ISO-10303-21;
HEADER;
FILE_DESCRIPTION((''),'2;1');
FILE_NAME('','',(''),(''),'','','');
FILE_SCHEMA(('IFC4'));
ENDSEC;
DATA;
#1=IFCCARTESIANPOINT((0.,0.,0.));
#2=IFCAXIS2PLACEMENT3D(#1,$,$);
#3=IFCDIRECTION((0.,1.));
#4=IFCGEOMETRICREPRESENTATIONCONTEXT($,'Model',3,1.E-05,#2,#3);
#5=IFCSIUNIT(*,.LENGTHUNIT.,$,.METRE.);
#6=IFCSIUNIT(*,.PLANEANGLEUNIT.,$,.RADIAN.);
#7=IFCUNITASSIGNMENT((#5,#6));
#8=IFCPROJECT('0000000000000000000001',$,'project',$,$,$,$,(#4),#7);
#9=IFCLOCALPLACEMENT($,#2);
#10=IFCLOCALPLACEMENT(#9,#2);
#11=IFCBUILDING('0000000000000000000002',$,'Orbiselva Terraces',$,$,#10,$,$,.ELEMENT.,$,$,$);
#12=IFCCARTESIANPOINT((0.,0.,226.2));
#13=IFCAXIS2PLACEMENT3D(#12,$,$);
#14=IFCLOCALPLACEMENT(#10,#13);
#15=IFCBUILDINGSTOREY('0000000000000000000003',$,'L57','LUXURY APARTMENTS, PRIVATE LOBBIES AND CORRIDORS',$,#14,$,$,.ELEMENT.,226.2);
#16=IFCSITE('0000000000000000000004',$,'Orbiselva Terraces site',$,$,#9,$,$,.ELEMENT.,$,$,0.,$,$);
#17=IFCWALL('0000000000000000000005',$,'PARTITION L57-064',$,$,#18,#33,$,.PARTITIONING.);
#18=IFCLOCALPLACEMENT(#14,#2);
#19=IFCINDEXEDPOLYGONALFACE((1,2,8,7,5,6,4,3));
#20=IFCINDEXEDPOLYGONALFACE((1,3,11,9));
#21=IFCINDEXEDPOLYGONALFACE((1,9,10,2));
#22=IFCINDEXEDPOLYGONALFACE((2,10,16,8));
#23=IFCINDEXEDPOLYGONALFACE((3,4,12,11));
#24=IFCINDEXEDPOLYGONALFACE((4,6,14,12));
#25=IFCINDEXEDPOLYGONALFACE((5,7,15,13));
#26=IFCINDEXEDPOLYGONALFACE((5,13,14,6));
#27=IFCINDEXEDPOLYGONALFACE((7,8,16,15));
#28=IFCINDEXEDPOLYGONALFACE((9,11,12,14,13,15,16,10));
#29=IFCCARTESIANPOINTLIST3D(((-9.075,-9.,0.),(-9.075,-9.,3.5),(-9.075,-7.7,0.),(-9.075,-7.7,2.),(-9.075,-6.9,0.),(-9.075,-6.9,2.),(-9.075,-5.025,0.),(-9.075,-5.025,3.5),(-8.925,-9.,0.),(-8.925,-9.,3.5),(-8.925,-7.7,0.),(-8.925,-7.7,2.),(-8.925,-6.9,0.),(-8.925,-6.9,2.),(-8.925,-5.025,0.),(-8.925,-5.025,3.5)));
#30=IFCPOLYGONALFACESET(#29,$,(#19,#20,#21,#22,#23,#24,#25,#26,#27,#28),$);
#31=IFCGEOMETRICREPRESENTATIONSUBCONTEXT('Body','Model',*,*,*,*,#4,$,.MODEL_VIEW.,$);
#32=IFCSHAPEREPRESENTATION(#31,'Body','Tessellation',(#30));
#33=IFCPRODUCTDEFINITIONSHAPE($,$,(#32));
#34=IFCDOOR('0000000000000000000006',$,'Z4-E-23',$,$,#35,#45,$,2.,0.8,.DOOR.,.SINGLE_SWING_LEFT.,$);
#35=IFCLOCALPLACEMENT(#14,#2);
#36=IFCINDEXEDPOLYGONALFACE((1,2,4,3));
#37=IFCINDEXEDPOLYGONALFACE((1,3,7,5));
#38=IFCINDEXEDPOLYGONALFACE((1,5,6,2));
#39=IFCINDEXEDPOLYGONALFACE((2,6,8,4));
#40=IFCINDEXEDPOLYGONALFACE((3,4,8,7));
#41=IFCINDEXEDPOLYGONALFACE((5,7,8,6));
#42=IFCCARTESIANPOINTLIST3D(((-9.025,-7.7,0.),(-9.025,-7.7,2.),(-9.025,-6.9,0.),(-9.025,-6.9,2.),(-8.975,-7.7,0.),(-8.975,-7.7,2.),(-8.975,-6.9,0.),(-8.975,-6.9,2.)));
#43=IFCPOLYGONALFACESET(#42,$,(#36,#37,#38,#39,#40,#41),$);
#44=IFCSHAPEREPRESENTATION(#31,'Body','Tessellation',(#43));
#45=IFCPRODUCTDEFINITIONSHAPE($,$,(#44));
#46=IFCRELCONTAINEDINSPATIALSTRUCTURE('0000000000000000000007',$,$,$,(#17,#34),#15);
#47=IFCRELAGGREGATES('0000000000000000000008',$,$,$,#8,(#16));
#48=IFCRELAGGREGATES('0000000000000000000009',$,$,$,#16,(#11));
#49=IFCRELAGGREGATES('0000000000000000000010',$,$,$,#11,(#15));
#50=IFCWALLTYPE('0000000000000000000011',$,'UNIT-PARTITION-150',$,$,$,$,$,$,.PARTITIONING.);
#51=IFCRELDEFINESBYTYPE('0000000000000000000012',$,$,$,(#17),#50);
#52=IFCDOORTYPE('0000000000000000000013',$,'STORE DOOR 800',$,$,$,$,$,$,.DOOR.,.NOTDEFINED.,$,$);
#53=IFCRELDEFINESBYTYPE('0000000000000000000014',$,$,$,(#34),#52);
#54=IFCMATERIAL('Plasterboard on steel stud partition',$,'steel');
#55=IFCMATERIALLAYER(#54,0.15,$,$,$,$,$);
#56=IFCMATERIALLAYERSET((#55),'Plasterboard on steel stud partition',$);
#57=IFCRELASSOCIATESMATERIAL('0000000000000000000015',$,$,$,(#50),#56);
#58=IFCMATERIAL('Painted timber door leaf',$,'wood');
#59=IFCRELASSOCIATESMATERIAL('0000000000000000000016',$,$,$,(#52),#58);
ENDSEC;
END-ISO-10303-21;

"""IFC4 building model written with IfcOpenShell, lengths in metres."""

from ifc_helpers import new_model, si_unit, direction, frame, frame_2d, origin, place, context, subcontext, project, spatial, rectangle, extrude, material, layer, layer_set, type_object, element, fill, save


model = new_model("IFC4")

# Units and contexts
model_context = context("Model", 3, precision=1e-05, world=origin(), true_north=direction((0.0, 1.0)))
body_context = subcontext(model_context, "Body", "Model", "MODEL_VIEW")
ifc_project = project(units=[si_unit("LENGTHUNIT", "METRE"), si_unit("PLANEANGLEUNIT", "RADIAN")], contexts=[model_context])

# Site, building, storey
site_placement = place(None, origin())
site = spatial("IfcSite", under=ifc_project, at=site_placement, Name="Orbiselva Terraces site", CompositionType="ELEMENT", RefElevation=0.0)
building_placement = place(site_placement, origin())
building = spatial("IfcBuilding", under=site, at=building_placement, Name="Orbiselva Terraces", CompositionType="ELEMENT")
storey_placement = place(building_placement, frame((0.0, 0.0, 226.2)))
storey = spatial("IfcBuildingStorey", under=building, at=storey_placement, Name="L57", Description="LUXURY APARTMENTS, PRIVATE LOBBIES AND CORRIDORS", CompositionType="ELEMENT", Elevation=226.2)

# Shared definitions
ifc_material_1 = material(Name="Plasterboard on steel stud partition", Category="steel")
ifc_material_2 = material(Name="Painted timber door leaf", Category="wood")

# Shared definitions
ifc_layer_1 = layer(ifc_material_1, 0.15)
ifc_layer_set_1 = layer_set([ifc_layer_1], Name="Plasterboard on steel stud partition")
wall_type_1 = type_object("IfcWallType", Name="UNIT-PARTITION-150", PredefinedType="PARTITIONING", material=ifc_layer_set_1)

# Shared definitions
door_type_1 = type_object("IfcDoorType", Name="STORE DOOR 800", OperationType="NOTDEFINED", PredefinedType="DOOR", material=ifc_material_2)

# Wall, opening, door
wall_1_placement = place(storey_placement, frame((-9.0, -9.0, 0.0), z_axis=(0.0, 0.0, 1.0), x_axis=(0.0, 1.0, 0.0)))
wall_1 = element("IfcWall", 1, at=wall_1_placement, inside=storey, type_object=wall_type_1, Name="PARTITION L57-064", PredefinedType="PARTITIONING", context=body_context, shape_type="SweptSolid", body=[
    extrude(rectangle(XDim=3.975, YDim=0.15, at=frame_2d((1.9875, 0.0))), origin(), (0.0, 0.0, 1.0), 3.5),
])
opening_1_placement = place(wall_1_placement, frame((1.3, 0.0, 0.0)))
opening_1 = element("IfcOpeningElement", 2, at=opening_1_placement, cuts=wall_1, PredefinedType="OPENING", context=body_context, shape_type="SweptSolid", body=[
    extrude(rectangle(XDim=0.8, YDim=2.0, at=frame_2d((0.4, 1.0))), frame((0.0, 0.085, 0.0), z_axis=(0.0, -1.0, 0.0), x_axis=(1.0, 0.0, 0.0)), (0.0, 0.0, 1.0), 0.17),
])
door_1_placement = place(opening_1_placement, origin())
door_1 = element("IfcDoor", 3, at=door_1_placement, inside=storey, type_object=door_type_1, Name="Z4-E-23", OperationType="SINGLE_SWING_LEFT", OverallHeight=2.0, OverallWidth=0.8, PredefinedType="DOOR", context=body_context, shape_type="SweptSolid", body=[
    extrude(rectangle(XDim=0.8, YDim=2.0, at=frame_2d((0.4, 1.0))), frame((0.0, 0.025, 0.0), z_axis=(0.0, -1.0, 0.0), x_axis=(1.0, 0.0, 0.0)), (0.0, 0.0, 1.0), 0.05),
])
fill(opening_1, door_1)

save(model, "model.ifc")
